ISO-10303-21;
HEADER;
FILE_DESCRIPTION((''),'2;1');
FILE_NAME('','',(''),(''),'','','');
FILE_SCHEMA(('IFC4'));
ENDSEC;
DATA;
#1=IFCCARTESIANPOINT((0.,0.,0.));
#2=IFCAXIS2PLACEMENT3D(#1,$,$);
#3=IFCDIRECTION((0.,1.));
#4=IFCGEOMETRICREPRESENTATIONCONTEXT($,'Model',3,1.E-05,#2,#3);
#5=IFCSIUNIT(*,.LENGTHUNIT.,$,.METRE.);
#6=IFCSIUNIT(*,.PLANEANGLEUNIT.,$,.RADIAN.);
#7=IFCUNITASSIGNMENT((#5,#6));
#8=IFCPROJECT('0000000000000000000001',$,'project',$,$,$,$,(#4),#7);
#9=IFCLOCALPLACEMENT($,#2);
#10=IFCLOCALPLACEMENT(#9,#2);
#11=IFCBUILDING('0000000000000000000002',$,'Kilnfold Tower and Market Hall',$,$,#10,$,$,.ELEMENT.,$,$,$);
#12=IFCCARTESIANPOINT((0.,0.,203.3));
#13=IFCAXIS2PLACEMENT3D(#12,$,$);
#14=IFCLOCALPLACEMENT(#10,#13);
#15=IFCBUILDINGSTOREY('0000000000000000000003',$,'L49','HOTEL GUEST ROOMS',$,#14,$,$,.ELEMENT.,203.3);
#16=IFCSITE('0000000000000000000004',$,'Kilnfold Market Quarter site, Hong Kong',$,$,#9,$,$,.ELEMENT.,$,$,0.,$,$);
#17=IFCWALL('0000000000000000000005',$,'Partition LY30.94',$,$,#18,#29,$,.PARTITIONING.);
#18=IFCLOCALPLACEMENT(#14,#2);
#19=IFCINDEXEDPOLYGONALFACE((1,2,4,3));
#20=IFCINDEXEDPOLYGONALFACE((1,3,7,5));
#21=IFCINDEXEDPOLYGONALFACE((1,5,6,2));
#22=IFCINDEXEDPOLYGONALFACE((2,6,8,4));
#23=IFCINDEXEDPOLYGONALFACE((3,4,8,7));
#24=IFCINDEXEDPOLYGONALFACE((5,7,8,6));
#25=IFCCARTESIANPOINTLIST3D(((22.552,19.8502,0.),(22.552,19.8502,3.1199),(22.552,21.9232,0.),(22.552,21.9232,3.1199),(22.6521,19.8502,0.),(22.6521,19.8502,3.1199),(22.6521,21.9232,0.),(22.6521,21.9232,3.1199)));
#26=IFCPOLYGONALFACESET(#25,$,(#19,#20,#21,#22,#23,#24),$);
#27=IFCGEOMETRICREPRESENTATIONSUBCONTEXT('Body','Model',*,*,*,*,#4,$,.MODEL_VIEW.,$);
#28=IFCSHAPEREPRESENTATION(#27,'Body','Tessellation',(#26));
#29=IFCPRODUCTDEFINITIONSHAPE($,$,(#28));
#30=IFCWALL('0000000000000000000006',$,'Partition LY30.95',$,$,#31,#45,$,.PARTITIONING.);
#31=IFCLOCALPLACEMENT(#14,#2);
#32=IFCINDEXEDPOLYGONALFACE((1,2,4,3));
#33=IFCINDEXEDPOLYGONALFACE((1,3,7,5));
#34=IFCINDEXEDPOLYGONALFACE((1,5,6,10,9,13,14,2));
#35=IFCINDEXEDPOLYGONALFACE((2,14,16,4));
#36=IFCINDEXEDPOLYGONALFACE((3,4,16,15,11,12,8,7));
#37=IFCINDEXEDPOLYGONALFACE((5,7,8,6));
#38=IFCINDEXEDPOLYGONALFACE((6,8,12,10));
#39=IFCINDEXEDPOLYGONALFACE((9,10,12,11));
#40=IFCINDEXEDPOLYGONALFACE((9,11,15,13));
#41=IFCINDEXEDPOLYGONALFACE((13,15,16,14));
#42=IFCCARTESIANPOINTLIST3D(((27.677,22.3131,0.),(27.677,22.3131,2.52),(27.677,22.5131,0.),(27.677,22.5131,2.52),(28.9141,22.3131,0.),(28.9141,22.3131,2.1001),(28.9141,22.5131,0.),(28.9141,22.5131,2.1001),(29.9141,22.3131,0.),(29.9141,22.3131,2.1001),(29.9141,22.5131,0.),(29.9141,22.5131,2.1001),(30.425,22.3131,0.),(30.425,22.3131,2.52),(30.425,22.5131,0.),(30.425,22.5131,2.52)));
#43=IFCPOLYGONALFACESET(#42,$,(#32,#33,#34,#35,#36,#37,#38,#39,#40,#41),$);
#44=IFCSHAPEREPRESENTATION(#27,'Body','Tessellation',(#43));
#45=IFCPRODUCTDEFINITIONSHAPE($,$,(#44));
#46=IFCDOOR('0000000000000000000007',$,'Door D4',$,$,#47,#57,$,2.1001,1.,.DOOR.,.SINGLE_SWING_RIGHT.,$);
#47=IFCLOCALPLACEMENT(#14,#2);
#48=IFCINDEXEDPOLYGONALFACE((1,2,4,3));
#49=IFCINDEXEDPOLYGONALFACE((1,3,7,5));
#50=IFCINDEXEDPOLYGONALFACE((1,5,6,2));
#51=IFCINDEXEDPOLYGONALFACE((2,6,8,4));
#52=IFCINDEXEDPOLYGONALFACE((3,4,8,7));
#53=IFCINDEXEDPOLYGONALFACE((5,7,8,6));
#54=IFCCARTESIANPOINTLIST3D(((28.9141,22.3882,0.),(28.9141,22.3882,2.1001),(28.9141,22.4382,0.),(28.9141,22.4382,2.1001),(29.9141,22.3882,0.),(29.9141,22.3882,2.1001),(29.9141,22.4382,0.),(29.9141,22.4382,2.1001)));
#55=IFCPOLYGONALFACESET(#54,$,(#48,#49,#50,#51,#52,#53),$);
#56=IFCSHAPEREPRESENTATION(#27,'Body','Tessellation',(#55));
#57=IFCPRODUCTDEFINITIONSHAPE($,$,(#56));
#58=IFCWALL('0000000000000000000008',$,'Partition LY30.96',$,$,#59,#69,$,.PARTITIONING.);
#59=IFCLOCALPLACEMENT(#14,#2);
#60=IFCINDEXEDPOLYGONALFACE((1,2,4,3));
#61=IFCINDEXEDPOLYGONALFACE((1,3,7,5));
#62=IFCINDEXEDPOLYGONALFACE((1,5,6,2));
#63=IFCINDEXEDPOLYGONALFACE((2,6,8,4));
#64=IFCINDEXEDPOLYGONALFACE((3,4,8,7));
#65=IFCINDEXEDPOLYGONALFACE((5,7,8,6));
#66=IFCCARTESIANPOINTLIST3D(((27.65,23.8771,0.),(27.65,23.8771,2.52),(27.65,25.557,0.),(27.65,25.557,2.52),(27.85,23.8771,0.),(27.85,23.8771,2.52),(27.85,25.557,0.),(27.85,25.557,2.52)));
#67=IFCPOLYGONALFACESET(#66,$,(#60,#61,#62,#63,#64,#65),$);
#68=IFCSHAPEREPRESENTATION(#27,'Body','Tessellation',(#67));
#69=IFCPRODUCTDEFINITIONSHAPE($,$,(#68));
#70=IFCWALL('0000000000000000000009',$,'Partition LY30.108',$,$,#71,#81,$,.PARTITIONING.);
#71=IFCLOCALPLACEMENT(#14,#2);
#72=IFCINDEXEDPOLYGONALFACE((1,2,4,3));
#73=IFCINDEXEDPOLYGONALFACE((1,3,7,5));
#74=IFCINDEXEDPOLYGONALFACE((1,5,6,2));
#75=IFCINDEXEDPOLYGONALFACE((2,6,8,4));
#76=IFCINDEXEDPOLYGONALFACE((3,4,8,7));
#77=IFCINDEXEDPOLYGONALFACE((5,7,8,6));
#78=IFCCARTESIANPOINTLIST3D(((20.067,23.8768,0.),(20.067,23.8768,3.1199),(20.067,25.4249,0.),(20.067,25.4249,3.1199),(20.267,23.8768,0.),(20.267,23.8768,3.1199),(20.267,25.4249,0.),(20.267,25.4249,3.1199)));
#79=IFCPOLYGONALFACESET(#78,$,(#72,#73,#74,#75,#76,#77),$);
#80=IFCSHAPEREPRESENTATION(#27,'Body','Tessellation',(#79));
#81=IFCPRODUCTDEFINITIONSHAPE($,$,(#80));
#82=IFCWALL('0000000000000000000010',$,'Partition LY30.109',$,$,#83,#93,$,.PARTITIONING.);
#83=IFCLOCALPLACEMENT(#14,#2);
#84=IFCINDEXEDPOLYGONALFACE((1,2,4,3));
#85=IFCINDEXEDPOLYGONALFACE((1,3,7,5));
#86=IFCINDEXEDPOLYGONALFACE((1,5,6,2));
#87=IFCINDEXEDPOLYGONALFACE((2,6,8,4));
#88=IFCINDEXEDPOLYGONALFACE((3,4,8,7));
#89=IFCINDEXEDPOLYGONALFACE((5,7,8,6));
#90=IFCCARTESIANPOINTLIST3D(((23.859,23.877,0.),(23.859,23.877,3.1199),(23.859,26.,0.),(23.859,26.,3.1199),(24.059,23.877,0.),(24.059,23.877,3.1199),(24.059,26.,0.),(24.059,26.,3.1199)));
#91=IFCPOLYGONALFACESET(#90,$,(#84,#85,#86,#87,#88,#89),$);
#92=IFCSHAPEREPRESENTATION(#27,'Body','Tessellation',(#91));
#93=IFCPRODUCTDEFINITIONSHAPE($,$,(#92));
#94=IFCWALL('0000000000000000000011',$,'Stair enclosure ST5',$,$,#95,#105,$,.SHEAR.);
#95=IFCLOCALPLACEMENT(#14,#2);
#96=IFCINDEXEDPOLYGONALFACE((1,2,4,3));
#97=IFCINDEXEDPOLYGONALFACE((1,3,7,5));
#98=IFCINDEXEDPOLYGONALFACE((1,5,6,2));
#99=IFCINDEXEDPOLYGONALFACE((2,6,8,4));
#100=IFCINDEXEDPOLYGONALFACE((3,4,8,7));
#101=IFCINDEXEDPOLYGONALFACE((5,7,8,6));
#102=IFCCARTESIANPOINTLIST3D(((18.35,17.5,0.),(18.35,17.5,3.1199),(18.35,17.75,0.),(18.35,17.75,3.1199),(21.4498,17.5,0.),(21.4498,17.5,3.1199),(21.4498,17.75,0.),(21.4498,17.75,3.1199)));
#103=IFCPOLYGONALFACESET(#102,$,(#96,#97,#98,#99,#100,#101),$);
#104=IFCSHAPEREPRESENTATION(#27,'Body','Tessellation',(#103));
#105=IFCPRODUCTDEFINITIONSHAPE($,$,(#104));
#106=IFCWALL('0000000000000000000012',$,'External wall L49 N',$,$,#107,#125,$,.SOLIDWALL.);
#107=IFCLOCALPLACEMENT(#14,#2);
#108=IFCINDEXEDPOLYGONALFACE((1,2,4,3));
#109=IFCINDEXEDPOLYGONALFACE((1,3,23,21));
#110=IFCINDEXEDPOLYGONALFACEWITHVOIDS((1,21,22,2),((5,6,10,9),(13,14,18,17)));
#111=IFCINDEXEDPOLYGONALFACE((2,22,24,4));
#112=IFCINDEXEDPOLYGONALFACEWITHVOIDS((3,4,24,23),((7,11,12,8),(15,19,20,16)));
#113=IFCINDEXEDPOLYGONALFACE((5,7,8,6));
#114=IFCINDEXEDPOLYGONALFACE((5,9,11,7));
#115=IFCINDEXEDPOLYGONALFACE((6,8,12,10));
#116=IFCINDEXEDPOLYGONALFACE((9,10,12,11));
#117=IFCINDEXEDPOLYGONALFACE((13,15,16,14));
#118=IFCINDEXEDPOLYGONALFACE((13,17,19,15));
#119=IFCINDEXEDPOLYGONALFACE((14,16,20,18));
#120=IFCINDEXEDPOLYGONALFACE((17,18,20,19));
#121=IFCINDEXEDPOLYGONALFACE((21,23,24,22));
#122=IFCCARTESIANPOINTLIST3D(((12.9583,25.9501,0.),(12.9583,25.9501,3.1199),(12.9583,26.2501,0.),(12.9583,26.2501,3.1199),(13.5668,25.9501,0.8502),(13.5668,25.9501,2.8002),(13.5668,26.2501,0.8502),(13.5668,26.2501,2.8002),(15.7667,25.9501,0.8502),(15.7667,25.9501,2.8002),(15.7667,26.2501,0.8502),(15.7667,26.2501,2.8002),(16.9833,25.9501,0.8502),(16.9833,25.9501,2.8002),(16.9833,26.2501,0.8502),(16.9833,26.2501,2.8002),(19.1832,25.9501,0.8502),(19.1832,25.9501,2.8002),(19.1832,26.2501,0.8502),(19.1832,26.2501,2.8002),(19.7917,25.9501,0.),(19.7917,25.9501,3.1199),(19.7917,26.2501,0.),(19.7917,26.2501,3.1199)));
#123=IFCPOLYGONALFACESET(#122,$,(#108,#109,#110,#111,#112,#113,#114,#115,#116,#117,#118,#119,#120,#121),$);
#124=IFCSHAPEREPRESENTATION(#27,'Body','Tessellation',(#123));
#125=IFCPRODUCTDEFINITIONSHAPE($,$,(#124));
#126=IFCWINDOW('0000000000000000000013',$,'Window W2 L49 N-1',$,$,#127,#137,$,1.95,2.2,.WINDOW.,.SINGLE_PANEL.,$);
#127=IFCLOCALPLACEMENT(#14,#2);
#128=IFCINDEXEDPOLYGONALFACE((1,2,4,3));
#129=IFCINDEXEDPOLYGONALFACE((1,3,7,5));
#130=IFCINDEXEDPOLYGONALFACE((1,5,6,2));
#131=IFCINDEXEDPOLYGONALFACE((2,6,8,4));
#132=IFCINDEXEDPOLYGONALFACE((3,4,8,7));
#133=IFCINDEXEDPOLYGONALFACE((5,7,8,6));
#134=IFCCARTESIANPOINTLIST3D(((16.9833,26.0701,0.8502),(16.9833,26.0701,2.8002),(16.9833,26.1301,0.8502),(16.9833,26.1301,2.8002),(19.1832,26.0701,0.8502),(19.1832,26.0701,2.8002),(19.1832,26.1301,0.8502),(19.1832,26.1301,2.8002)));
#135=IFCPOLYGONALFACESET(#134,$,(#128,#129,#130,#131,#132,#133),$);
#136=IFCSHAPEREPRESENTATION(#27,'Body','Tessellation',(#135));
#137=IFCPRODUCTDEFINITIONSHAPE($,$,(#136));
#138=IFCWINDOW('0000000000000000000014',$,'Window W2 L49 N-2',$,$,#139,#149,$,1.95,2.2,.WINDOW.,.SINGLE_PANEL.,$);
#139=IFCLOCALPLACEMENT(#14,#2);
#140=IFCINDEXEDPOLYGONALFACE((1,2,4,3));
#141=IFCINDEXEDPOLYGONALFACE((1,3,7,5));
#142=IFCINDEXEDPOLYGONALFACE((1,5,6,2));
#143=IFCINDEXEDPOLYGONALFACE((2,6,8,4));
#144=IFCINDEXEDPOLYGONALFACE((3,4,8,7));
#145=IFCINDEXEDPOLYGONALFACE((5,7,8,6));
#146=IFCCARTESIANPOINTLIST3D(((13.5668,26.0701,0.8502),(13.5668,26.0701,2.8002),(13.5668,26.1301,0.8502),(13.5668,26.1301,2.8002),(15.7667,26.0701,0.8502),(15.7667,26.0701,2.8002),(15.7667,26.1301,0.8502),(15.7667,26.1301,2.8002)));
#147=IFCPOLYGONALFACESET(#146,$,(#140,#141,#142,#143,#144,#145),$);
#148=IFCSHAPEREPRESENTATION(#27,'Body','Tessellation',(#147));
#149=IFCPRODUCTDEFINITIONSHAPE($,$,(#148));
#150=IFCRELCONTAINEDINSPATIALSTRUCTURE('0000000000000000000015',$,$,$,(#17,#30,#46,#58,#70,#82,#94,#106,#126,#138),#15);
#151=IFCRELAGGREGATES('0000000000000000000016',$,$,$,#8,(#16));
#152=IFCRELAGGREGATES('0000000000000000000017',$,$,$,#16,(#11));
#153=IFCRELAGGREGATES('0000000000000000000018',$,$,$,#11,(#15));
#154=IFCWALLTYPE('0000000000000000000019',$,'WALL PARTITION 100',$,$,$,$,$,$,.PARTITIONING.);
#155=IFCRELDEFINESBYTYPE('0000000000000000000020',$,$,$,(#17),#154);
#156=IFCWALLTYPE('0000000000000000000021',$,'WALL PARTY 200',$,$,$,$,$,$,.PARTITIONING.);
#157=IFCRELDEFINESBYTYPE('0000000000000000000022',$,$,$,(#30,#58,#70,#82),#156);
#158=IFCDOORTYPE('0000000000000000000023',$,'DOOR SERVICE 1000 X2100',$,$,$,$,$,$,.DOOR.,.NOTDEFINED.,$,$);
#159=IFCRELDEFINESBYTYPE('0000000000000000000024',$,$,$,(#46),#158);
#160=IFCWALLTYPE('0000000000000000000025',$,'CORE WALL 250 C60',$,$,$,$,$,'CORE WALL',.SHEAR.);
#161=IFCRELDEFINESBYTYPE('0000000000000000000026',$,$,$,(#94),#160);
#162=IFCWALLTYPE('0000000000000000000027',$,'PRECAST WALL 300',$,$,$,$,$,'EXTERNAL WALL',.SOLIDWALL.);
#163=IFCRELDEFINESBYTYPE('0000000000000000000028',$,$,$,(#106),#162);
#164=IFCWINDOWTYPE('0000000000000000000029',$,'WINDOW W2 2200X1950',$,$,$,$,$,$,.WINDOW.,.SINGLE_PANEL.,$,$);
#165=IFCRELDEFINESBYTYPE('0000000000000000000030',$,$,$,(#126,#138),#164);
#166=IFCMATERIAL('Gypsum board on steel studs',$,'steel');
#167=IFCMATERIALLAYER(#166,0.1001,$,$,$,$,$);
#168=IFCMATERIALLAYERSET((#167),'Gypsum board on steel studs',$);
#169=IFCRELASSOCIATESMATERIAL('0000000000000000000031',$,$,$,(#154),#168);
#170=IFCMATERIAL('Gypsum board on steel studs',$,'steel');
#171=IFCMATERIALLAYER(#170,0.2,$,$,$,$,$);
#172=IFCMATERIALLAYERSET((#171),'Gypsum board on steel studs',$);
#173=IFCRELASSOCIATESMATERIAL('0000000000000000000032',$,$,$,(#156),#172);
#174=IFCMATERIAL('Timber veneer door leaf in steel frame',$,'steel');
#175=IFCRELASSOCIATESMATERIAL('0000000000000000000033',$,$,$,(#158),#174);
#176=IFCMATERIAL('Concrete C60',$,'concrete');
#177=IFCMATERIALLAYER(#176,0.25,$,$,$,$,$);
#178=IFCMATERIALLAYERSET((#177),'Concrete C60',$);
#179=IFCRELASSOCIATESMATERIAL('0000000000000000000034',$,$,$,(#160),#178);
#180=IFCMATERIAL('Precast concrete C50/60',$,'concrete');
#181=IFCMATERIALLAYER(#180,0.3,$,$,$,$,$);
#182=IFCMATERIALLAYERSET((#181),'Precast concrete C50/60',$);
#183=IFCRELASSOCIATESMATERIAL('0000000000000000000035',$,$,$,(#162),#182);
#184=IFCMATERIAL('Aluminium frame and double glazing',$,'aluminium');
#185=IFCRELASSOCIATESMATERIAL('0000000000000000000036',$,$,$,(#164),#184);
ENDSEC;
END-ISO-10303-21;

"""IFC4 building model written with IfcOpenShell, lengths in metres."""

from ifc_helpers import new_model, si_unit, direction, frame, frame_2d, origin, place, context, subcontext, project, spatial, rectangle, extrude, source, transform, mapped, material, layer, layer_set, type_object, element, fill, save


model = new_model("IFC4")

# Units and contexts
model_context = context("Model", 3, precision=1e-05, world=origin(), true_north=direction((0.0, 1.0)))
body_context = subcontext(model_context, "Body", "Model", "MODEL_VIEW")
ifc_project = project(units=[si_unit("LENGTHUNIT", "METRE"), si_unit("PLANEANGLEUNIT", "RADIAN")], contexts=[model_context])

# Site, building, storey
site_placement = place(None, origin())
site = spatial("IfcSite", under=ifc_project, at=site_placement, Name="Kilnfold Market Quarter site, Hong Kong", CompositionType="ELEMENT", RefElevation=0.0)
building_placement = place(site_placement, origin())
building = spatial("IfcBuilding", under=site, at=building_placement, Name="Kilnfold Tower and Market Hall", CompositionType="ELEMENT")
storey_placement = place(building_placement, frame((0.0, 0.0, 203.3)))
storey = spatial("IfcBuildingStorey", under=building, at=storey_placement, Name="L49", Description="HOTEL GUEST ROOMS", CompositionType="ELEMENT", Elevation=203.3)

# Shared definitions
ifc_material_1 = material(Name="Gypsum board on steel studs", Category="steel")
ifc_layer_1 = layer(ifc_material_1, 0.1001)
ifc_layer_set_1 = layer_set([ifc_layer_1], Name="Gypsum board on steel studs")
wall_type_1 = type_object("IfcWallType", Name="WALL PARTITION 100", PredefinedType="PARTITIONING", material=ifc_layer_set_1)

# Wall
wall_1_placement = place(storey_placement, frame((22.6021, 19.8501, 0.0), z_axis=(0.0, 0.0, 1.0), x_axis=(0.0, 1.0, 0.0)))
element("IfcWall", 1, at=wall_1_placement, inside=storey, type_object=wall_type_1, Name="Partition LY30.94", PredefinedType="PARTITIONING", context=body_context, shape_type="SweptSolid", body=[
    extrude(rectangle(XDim=2.073, YDim=0.1001, at=frame_2d((1.0366, 0.0))), origin(), (0.0, 0.0, 1.0), 3.1199),
])

# Wall, opening, door
ifc_material_2 = material(Name="Gypsum board on steel studs", Category="steel")
ifc_layer_2 = layer(ifc_material_2, 0.2)
ifc_layer_set_2 = layer_set([ifc_layer_2], Name="Gypsum board on steel studs")
wall_type_2 = type_object("IfcWallType", Name="WALL PARTY 200", PredefinedType="PARTITIONING", material=ifc_layer_set_2)
wall_2_placement = place(storey_placement, frame((30.425, 22.4131, 0.0), z_axis=(0.0, 0.0, 1.0), x_axis=(-1.0, 0.0, 0.0)))
wall_2 = element("IfcWall", 2, at=wall_2_placement, inside=storey, type_object=wall_type_2, Name="Partition LY30.95", PredefinedType="PARTITIONING", context=body_context, shape_type="SweptSolid", body=[
    extrude(rectangle(XDim=2.748, YDim=0.2, at=frame_2d((1.374, 0.0))), origin(), (0.0, 0.0, 1.0), 2.52),
])
opening_1_placement = place(wall_2_placement, frame((0.511, 0.0, 0.0)))
opening_1 = element("IfcOpeningElement", 3, at=opening_1_placement, cuts=wall_2, PredefinedType="OPENING", context=body_context, shape_type="SweptSolid", body=[
    extrude(rectangle(XDim=1.0, YDim=2.1001, at=frame_2d((0.5, 1.05))), frame((0.0, 0.1099, 0.0), z_axis=(0.0, -1.0, 0.0), x_axis=(1.0, 0.0, 0.0)), (0.0, 0.0, 1.0), 0.22),
])
ifc_material_3 = material(Name="Timber veneer door leaf in steel frame", Category="steel")
door_type_1 = type_object("IfcDoorType", Name="DOOR SERVICE 1000 X2100", OperationType="NOTDEFINED", PredefinedType="DOOR", material=ifc_material_3)
door_1_placement = place(opening_1_placement, origin())
door_1 = element("IfcDoor", 4, at=door_1_placement, inside=storey, type_object=door_type_1, Name="Door D4", OperationType="SINGLE_SWING_RIGHT", OverallHeight=2.1001, OverallWidth=1.0, PredefinedType="DOOR", context=body_context, shape_type="SweptSolid", body=[
    extrude(rectangle(XDim=1.0, YDim=2.1001, at=frame_2d((0.5, 1.05))), frame((0.0, 0.0249, 0.0), z_axis=(0.0, -1.0, 0.0), x_axis=(1.0, 0.0, 0.0)), (0.0, 0.0, 1.0), 0.05),
])
fill(opening_1, door_1)

# Walls
wall_3_placement = place(storey_placement, frame((27.75, 25.5569, 0.0), z_axis=(0.0, 0.0, 1.0), x_axis=(0.0, -1.0, 0.0)))
element("IfcWall", 5, at=wall_3_placement, inside=storey, type_object=wall_type_2, Name="Partition LY30.96", PredefinedType="PARTITIONING", context=body_context, shape_type="SweptSolid", body=[
    extrude(rectangle(XDim=1.6799, YDim=0.2, at=frame_2d((0.8398, 0.0))), origin(), (0.0, 0.0, 1.0), 2.52),
])
wall_4_placement = place(storey_placement, frame((20.167, 23.877, 0.0), z_axis=(0.0, 0.0, 1.0), x_axis=(0.0, 1.0, 0.0)))
element("IfcWall", 6, at=wall_4_placement, inside=storey, type_object=wall_type_2, Name="Partition LY30.108", PredefinedType="PARTITIONING", context=body_context, shape_type="SweptSolid", body=[
    extrude(rectangle(XDim=1.5481, YDim=0.2, at=frame_2d((0.7739, 0.0))), origin(), (0.0, 0.0, 1.0), 3.1199),
])
wall_5_placement = place(storey_placement, frame((23.959, 23.877, 0.0), z_axis=(0.0, 0.0, 1.0), x_axis=(0.0, 1.0, 0.0)))
element("IfcWall", 7, at=wall_5_placement, inside=storey, type_object=wall_type_2, Name="Partition LY30.109", PredefinedType="PARTITIONING", context=body_context, shape_type="SweptSolid", body=[
    extrude(rectangle(XDim=2.123, YDim=0.2, at=frame_2d((1.0615, 0.0))), origin(), (0.0, 0.0, 1.0), 3.1199),
])
ifc_material_4 = material(Name="Concrete C60", Category="concrete")
ifc_layer_3 = layer(ifc_material_4, 0.25)
ifc_layer_set_3 = layer_set([ifc_layer_3], Name="Concrete C60")
wall_type_3 = type_object("IfcWallType", Name="CORE WALL 250 C60", ElementType="CORE WALL", PredefinedType="SHEAR", material=ifc_layer_set_3)
shared_shape_1 = source(origin(), body_context, "Body", "SweptSolid", [
    extrude(rectangle(XDim=3.0999, YDim=0.25, at=frame_2d((1.5498, 0.0))), origin(), (0.0, 0.0, 1.0), 3.1199),
])
wall_6_placement = place(storey_placement, frame((18.3501, 17.625, 0.0), z_axis=(0.0, 0.0, 1.0), x_axis=(1.0, 0.0, 0.0)))
element("IfcWall", 8, at=wall_6_placement, inside=storey, type_object=wall_type_3, Name="Stair enclosure ST5", PredefinedType="SHEAR", context=body_context, shape_type="MappedRepresentation", body=[
    mapped(shared_shape_1, transform((0.0, 0.0, 0.0))),
])

# Wall, openings, windows
ifc_material_5 = material(Name="Precast concrete C50/60", Category="concrete")
ifc_layer_4 = layer(ifc_material_5, 0.3)
ifc_layer_set_4 = layer_set([ifc_layer_4], Name="Precast concrete C50/60")
wall_type_4 = type_object("IfcWallType", Name="PRECAST WALL 300", ElementType="EXTERNAL WALL", PredefinedType="SOLIDWALL", material=ifc_layer_set_4)
shared_shape_2 = source(origin(), body_context, "Body", "SweptSolid", [
    extrude(rectangle(XDim=6.8335, YDim=0.3, at=frame_2d((3.4167, 0.0))), origin(), (0.0, 0.0, 1.0), 3.1199),
])
wall_7_placement = place(storey_placement, frame((19.7917, 26.1001, 0.0), z_axis=(0.0, 0.0, 1.0), x_axis=(-1.0, 0.0, 0.0)))
wall_7 = element("IfcWall", 9, at=wall_7_placement, inside=storey, type_object=wall_type_4, Name="External wall L49 N", PredefinedType="SOLIDWALL", context=body_context, shape_type="MappedRepresentation", body=[
    mapped(shared_shape_2, transform((0.0, 0.0, 0.0))),
])
opening_2_placement = place(wall_7_placement, frame((0.6084, 0.0, 0.8501)))
opening_2 = element("IfcOpeningElement", 10, at=opening_2_placement, cuts=wall_7, PredefinedType="OPENING", context=body_context, shape_type="SweptSolid", body=[
    extrude(rectangle(XDim=2.2, YDim=1.95, at=frame_2d((1.1001, 0.9751))), frame((0.0, 0.1602, 0.0), z_axis=(0.0, -1.0, 0.0), x_axis=(1.0, 0.0, 0.0)), (0.0, 0.0, 1.0), 0.3201),
])
opening_3_placement = place(wall_7_placement, frame((4.0249, 0.0, 0.8501)))
opening_3 = element("IfcOpeningElement", 11, at=opening_3_placement, cuts=wall_7, PredefinedType="OPENING", context=body_context, shape_type="SweptSolid", body=[
    extrude(rectangle(XDim=2.2, YDim=1.95, at=frame_2d((1.1001, 0.9751))), frame((0.0, 0.1602, 0.0), z_axis=(0.0, -1.0, 0.0), x_axis=(1.0, 0.0, 0.0)), (0.0, 0.0, 1.0), 0.3201),
])
ifc_material_6 = material(Name="Aluminium frame and double glazing", Category="aluminium")
window_type = type_object("IfcWindowType", Name="WINDOW W2 2200X1950", PartitioningType="SINGLE_PANEL", PredefinedType="WINDOW", material=ifc_material_6)
window_1_placement = place(opening_2_placement, origin())
window_1 = element("IfcWindow", 12, at=window_1_placement, inside=storey, type_object=window_type, Name="Window W2 L49 N-1", OverallHeight=1.95, OverallWidth=2.2, PartitioningType="SINGLE_PANEL", PredefinedType="WINDOW", context=body_context, shape_type="SweptSolid", body=[
    extrude(rectangle(XDim=2.2, YDim=1.95, at=frame_2d((1.1001, 0.9751))), frame((0.0, 0.03, 0.0), z_axis=(0.0, -1.0, 0.0), x_axis=(1.0, 0.0, 0.0)), (0.0, 0.0, 1.0), 0.0601),
])
fill(opening_2, window_1)
window_2_placement = place(opening_3_placement, origin())
window_2 = element("IfcWindow", 13, at=window_2_placement, inside=storey, type_object=window_type, Name="Window W2 L49 N-2", OverallHeight=1.95, OverallWidth=2.2, PartitioningType="SINGLE_PANEL", PredefinedType="WINDOW", context=body_context, shape_type="SweptSolid", body=[
    extrude(rectangle(XDim=2.2, YDim=1.95, at=frame_2d((1.1001, 0.9751))), frame((0.0, 0.03, 0.0), z_axis=(0.0, -1.0, 0.0), x_axis=(1.0, 0.0, 0.0)), (0.0, 0.0, 1.0), 0.0601),
])
fill(opening_3, window_2)

save(model, "model.ifc")
